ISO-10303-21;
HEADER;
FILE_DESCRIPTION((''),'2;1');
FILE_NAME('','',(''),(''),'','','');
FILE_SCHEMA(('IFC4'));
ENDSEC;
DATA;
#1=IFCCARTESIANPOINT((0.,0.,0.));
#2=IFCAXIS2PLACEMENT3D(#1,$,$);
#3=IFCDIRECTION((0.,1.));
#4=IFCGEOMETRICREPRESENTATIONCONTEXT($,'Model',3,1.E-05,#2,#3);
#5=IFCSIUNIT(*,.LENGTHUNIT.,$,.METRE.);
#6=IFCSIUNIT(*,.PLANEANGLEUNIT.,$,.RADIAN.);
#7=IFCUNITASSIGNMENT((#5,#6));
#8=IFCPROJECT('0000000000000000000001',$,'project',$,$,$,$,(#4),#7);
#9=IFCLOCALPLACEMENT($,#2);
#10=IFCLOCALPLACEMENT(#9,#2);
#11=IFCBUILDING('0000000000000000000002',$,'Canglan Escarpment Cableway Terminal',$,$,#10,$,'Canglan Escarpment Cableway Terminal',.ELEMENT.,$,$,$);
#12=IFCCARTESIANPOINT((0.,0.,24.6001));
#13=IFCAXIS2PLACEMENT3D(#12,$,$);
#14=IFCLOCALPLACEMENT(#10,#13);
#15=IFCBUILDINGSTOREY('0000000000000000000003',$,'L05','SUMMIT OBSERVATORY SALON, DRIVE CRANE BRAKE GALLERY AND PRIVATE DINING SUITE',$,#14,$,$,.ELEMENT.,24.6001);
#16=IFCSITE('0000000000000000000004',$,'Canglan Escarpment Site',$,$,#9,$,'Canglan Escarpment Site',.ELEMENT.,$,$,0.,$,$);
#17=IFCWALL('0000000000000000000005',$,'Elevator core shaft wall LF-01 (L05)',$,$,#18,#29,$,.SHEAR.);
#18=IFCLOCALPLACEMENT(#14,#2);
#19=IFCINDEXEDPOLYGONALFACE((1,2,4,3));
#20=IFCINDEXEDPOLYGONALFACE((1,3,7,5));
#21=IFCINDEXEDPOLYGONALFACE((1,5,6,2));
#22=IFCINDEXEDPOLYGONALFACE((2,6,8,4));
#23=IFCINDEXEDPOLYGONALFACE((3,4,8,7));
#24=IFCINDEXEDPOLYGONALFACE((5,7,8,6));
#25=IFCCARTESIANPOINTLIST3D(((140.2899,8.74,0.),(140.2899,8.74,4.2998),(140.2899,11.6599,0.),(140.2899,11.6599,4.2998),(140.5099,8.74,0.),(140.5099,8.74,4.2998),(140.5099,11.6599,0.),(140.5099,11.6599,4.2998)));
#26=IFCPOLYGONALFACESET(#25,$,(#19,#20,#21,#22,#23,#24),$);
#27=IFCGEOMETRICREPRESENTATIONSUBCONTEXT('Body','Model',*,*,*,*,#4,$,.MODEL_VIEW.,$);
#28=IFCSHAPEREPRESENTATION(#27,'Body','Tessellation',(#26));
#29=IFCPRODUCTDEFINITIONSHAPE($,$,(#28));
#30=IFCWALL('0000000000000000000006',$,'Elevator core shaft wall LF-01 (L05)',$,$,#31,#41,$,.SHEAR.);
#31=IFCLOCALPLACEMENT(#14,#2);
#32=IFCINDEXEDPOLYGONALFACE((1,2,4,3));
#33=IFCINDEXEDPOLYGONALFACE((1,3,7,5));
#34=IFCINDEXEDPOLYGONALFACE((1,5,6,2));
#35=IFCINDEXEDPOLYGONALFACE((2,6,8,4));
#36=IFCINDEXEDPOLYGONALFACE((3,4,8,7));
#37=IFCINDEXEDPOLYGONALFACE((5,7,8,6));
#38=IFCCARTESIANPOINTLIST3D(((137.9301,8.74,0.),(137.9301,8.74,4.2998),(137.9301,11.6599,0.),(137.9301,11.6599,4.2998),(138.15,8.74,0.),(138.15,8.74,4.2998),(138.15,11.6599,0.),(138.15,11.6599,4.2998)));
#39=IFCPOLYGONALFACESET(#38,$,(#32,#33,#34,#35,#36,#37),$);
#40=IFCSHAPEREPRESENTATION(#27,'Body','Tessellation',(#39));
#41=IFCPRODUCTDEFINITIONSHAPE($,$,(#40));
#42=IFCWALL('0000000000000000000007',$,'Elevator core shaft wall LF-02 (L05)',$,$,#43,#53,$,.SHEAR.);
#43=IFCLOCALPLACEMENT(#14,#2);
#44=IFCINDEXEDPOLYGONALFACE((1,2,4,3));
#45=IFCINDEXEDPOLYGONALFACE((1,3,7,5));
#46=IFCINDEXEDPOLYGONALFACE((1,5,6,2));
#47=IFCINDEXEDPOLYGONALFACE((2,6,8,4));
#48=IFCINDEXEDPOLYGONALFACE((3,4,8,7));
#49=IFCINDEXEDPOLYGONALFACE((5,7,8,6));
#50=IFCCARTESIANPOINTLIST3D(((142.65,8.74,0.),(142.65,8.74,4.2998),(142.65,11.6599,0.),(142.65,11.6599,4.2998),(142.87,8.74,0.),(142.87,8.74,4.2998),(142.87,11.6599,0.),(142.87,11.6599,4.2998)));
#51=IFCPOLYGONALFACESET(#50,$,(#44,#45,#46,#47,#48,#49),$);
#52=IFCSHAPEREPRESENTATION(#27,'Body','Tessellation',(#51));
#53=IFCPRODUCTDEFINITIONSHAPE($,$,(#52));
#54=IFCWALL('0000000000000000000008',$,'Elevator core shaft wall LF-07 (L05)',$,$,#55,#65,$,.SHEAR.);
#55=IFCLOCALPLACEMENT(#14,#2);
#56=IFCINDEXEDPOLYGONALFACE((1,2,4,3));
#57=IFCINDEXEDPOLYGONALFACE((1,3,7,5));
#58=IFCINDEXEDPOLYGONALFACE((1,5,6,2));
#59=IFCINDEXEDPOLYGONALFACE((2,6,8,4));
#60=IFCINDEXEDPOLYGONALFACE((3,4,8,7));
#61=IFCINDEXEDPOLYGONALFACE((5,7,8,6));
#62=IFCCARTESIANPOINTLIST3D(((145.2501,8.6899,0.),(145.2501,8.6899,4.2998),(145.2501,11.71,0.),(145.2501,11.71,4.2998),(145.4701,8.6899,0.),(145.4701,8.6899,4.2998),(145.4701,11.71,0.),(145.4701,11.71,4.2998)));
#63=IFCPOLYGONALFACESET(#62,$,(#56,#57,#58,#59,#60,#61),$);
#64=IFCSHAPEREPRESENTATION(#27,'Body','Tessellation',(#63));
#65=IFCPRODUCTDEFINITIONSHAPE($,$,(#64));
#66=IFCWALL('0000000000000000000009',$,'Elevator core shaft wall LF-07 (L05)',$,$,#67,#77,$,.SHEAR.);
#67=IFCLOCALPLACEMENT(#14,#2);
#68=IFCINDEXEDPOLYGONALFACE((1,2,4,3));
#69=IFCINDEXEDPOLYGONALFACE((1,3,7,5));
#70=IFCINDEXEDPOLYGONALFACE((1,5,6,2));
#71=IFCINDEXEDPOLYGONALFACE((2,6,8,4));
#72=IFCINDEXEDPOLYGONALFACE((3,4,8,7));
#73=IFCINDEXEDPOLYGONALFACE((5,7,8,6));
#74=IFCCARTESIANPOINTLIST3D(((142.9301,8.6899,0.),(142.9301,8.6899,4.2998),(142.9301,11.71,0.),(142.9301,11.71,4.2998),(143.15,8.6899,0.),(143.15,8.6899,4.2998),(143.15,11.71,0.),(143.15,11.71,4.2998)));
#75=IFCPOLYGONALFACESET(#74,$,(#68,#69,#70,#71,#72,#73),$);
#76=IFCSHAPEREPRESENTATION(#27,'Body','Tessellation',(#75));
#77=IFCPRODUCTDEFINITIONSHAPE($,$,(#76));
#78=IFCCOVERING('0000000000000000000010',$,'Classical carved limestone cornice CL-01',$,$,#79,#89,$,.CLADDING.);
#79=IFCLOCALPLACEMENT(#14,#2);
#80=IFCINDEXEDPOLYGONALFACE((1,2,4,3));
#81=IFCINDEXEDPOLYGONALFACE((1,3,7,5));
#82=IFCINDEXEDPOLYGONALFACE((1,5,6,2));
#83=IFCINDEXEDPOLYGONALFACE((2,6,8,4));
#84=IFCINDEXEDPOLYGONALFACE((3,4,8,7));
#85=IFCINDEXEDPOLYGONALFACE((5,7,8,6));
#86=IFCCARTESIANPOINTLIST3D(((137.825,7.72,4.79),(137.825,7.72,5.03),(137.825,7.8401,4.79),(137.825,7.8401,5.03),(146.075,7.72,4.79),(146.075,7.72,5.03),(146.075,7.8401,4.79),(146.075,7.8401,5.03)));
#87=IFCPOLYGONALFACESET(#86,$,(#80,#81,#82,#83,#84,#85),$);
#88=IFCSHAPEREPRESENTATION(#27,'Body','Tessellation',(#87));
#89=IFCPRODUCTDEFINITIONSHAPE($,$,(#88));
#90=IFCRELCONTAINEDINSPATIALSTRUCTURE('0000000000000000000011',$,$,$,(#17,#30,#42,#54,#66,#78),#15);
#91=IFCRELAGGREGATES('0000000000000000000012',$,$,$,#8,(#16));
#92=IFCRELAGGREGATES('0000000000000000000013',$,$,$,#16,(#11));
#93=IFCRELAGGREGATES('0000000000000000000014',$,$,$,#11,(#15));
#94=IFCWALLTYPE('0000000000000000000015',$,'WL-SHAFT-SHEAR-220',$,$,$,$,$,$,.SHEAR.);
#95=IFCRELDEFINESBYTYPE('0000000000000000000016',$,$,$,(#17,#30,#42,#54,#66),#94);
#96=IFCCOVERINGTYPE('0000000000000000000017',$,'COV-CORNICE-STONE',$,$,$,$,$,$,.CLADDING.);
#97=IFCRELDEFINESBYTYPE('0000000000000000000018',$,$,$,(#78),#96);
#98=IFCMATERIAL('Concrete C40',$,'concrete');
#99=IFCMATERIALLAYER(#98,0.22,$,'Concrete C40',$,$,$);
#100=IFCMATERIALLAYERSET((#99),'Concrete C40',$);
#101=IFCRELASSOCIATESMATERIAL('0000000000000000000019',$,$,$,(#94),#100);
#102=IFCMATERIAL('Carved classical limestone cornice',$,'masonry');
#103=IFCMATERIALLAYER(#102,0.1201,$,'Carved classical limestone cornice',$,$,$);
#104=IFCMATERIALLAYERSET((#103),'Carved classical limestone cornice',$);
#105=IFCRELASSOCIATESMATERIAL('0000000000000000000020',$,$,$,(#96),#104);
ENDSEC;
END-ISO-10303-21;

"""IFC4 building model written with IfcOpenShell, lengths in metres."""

from ifc_helpers import new_model, si_unit, direction, frame, frame_2d, origin, origin_2d, place, context, subcontext, project, spatial, rectangle, extrude, material, layer, layer_set, type_object, element, save


model = new_model("IFC4")

# Units and contexts
model_context = context("Model", 3, precision=1e-05, world=origin(), true_north=direction((0.0, 1.0)))
body_context = subcontext(model_context, "Body", "Model", "MODEL_VIEW")
ifc_project = project(units=[si_unit("LENGTHUNIT", "METRE"), si_unit("PLANEANGLEUNIT", "RADIAN")], contexts=[model_context])

# Site, building, storey
site_placement = place(None, origin())
site = spatial("IfcSite", under=ifc_project, at=site_placement, Name="Canglan Escarpment Site", LongName="Canglan Escarpment Site", CompositionType="ELEMENT", RefElevation=0.0)
building_placement = place(site_placement, origin())
building = spatial("IfcBuilding", under=site, at=building_placement, Name="Canglan Escarpment Cableway Terminal", LongName="Canglan Escarpment Cableway Terminal", CompositionType="ELEMENT")
storey_placement = place(building_placement, frame((0.0, 0.0, 24.6001)))
storey = spatial("IfcBuildingStorey", under=building, at=storey_placement, Name="L05", Description="SUMMIT OBSERVATORY SALON, DRIVE CRANE BRAKE GALLERY AND PRIVATE DINING SUITE", CompositionType="ELEMENT", Elevation=24.6001)

# Shared definitions
ifc_material_1 = material(Name="Concrete C40", Category="concrete")

# Wall
ifc_layer_1 = layer(ifc_material_1, 0.22, Name="Concrete C40")
ifc_layer_set_1 = layer_set([ifc_layer_1], Name="Concrete C40")
wall_type_1 = type_object("IfcWallType", Name="WL-SHAFT-SHEAR-220", PredefinedType="SHEAR", material=ifc_layer_set_1)
wall_1_placement = place(storey_placement, frame((140.3999, 8.74, 0.0), z_axis=(0.0, 0.0, 1.0), x_axis=(0.0, 1.0, 0.0)))
element("IfcWall", 1, at=wall_1_placement, inside=storey, type_object=wall_type_1, Name="Elevator core shaft wall LF-01 (L05)", PredefinedType="SHEAR", context=body_context, shape_type="SweptSolid", body=[
    extrude(rectangle(XDim=2.9199, YDim=0.22, at=frame_2d((1.46, 0.0))), origin(), (0.0, 0.0, 1.0), 4.2998),
])

# Walls
wall_2_placement = place(storey_placement, frame((138.04, 11.6599, 0.0), z_axis=(0.0, 0.0, 1.0), x_axis=(0.0, -1.0, 0.0)))
element("IfcWall", 2, at=wall_2_placement, inside=storey, type_object=wall_type_1, Name="Elevator core shaft wall LF-01 (L05)", PredefinedType="SHEAR", context=body_context, shape_type="SweptSolid", body=[
    extrude(rectangle(XDim=2.9199, YDim=0.22, at=frame_2d((1.46, 0.0))), origin(), (0.0, 0.0, 1.0), 4.2998),
])
wall_3_placement = place(storey_placement, frame((142.76, 8.74, 0.0), z_axis=(0.0, 0.0, 1.0), x_axis=(0.0, 1.0, 0.0)))
element("IfcWall", 3, at=wall_3_placement, inside=storey, type_object=wall_type_1, Name="Elevator core shaft wall LF-02 (L05)", PredefinedType="SHEAR", context=body_context, shape_type="SweptSolid", body=[
    extrude(rectangle(XDim=2.9199, YDim=0.22, at=frame_2d((1.46, 0.0))), origin(), (0.0, 0.0, 1.0), 4.2998),
])

# Wall
wall_4_placement = place(storey_placement, frame((145.3601, 8.6899, 0.0), z_axis=(0.0, 0.0, 1.0), x_axis=(0.0, 1.0, 0.0)))
element("IfcWall", 4, at=wall_4_placement, inside=storey, type_object=wall_type_1, Name="Elevator core shaft wall LF-07 (L05)", PredefinedType="SHEAR", context=body_context, shape_type="SweptSolid", body=[
    extrude(rectangle(XDim=3.02, YDim=0.22, at=frame_2d((1.51, 0.0))), origin(), (0.0, 0.0, 1.0), 4.2998),
])

# Wall
wall_5_placement = place(storey_placement, frame((143.04, 11.71, 0.0), z_axis=(0.0, 0.0, 1.0), x_axis=(0.0, -1.0, 0.0)))
element("IfcWall", 5, at=wall_5_placement, inside=storey, type_object=wall_type_1, Name="Elevator core shaft wall LF-07 (L05)", PredefinedType="SHEAR", context=body_context, shape_type="SweptSolid", body=[
    extrude(rectangle(XDim=3.02, YDim=0.22, at=frame_2d((1.51, 0.0))), origin(), (0.0, 0.0, 1.0), 4.2998),
])

# Covering
ifc_material_2 = material(Name="Carved classical limestone cornice", Category="masonry")
ifc_layer_2 = layer(ifc_material_2, 0.1201, Name="Carved classical limestone cornice")
ifc_layer_set_2 = layer_set([ifc_layer_2], Name="Carved classical limestone cornice")
covering_type = type_object("IfcCoveringType", Name="COV-CORNICE-STONE", PredefinedType="CLADDING", material=ifc_layer_set_2)
covering_placement = place(storey_placement, frame((141.95, 7.78, 4.79), z_axis=(0.0, 0.0, 1.0), x_axis=(1.0, 0.0, 0.0)))
element("IfcCovering", 6, at=covering_placement, inside=storey, type_object=covering_type, Name="Classical carved limestone cornice CL-01", PredefinedType="CLADDING", context=body_context, shape_type="SweptSolid", body=[
    extrude(rectangle(XDim=8.25, YDim=0.1201, at=origin_2d()), origin(), (0.0, 0.0, 1.0), 0.24),
])

save(model, "model.ifc")
